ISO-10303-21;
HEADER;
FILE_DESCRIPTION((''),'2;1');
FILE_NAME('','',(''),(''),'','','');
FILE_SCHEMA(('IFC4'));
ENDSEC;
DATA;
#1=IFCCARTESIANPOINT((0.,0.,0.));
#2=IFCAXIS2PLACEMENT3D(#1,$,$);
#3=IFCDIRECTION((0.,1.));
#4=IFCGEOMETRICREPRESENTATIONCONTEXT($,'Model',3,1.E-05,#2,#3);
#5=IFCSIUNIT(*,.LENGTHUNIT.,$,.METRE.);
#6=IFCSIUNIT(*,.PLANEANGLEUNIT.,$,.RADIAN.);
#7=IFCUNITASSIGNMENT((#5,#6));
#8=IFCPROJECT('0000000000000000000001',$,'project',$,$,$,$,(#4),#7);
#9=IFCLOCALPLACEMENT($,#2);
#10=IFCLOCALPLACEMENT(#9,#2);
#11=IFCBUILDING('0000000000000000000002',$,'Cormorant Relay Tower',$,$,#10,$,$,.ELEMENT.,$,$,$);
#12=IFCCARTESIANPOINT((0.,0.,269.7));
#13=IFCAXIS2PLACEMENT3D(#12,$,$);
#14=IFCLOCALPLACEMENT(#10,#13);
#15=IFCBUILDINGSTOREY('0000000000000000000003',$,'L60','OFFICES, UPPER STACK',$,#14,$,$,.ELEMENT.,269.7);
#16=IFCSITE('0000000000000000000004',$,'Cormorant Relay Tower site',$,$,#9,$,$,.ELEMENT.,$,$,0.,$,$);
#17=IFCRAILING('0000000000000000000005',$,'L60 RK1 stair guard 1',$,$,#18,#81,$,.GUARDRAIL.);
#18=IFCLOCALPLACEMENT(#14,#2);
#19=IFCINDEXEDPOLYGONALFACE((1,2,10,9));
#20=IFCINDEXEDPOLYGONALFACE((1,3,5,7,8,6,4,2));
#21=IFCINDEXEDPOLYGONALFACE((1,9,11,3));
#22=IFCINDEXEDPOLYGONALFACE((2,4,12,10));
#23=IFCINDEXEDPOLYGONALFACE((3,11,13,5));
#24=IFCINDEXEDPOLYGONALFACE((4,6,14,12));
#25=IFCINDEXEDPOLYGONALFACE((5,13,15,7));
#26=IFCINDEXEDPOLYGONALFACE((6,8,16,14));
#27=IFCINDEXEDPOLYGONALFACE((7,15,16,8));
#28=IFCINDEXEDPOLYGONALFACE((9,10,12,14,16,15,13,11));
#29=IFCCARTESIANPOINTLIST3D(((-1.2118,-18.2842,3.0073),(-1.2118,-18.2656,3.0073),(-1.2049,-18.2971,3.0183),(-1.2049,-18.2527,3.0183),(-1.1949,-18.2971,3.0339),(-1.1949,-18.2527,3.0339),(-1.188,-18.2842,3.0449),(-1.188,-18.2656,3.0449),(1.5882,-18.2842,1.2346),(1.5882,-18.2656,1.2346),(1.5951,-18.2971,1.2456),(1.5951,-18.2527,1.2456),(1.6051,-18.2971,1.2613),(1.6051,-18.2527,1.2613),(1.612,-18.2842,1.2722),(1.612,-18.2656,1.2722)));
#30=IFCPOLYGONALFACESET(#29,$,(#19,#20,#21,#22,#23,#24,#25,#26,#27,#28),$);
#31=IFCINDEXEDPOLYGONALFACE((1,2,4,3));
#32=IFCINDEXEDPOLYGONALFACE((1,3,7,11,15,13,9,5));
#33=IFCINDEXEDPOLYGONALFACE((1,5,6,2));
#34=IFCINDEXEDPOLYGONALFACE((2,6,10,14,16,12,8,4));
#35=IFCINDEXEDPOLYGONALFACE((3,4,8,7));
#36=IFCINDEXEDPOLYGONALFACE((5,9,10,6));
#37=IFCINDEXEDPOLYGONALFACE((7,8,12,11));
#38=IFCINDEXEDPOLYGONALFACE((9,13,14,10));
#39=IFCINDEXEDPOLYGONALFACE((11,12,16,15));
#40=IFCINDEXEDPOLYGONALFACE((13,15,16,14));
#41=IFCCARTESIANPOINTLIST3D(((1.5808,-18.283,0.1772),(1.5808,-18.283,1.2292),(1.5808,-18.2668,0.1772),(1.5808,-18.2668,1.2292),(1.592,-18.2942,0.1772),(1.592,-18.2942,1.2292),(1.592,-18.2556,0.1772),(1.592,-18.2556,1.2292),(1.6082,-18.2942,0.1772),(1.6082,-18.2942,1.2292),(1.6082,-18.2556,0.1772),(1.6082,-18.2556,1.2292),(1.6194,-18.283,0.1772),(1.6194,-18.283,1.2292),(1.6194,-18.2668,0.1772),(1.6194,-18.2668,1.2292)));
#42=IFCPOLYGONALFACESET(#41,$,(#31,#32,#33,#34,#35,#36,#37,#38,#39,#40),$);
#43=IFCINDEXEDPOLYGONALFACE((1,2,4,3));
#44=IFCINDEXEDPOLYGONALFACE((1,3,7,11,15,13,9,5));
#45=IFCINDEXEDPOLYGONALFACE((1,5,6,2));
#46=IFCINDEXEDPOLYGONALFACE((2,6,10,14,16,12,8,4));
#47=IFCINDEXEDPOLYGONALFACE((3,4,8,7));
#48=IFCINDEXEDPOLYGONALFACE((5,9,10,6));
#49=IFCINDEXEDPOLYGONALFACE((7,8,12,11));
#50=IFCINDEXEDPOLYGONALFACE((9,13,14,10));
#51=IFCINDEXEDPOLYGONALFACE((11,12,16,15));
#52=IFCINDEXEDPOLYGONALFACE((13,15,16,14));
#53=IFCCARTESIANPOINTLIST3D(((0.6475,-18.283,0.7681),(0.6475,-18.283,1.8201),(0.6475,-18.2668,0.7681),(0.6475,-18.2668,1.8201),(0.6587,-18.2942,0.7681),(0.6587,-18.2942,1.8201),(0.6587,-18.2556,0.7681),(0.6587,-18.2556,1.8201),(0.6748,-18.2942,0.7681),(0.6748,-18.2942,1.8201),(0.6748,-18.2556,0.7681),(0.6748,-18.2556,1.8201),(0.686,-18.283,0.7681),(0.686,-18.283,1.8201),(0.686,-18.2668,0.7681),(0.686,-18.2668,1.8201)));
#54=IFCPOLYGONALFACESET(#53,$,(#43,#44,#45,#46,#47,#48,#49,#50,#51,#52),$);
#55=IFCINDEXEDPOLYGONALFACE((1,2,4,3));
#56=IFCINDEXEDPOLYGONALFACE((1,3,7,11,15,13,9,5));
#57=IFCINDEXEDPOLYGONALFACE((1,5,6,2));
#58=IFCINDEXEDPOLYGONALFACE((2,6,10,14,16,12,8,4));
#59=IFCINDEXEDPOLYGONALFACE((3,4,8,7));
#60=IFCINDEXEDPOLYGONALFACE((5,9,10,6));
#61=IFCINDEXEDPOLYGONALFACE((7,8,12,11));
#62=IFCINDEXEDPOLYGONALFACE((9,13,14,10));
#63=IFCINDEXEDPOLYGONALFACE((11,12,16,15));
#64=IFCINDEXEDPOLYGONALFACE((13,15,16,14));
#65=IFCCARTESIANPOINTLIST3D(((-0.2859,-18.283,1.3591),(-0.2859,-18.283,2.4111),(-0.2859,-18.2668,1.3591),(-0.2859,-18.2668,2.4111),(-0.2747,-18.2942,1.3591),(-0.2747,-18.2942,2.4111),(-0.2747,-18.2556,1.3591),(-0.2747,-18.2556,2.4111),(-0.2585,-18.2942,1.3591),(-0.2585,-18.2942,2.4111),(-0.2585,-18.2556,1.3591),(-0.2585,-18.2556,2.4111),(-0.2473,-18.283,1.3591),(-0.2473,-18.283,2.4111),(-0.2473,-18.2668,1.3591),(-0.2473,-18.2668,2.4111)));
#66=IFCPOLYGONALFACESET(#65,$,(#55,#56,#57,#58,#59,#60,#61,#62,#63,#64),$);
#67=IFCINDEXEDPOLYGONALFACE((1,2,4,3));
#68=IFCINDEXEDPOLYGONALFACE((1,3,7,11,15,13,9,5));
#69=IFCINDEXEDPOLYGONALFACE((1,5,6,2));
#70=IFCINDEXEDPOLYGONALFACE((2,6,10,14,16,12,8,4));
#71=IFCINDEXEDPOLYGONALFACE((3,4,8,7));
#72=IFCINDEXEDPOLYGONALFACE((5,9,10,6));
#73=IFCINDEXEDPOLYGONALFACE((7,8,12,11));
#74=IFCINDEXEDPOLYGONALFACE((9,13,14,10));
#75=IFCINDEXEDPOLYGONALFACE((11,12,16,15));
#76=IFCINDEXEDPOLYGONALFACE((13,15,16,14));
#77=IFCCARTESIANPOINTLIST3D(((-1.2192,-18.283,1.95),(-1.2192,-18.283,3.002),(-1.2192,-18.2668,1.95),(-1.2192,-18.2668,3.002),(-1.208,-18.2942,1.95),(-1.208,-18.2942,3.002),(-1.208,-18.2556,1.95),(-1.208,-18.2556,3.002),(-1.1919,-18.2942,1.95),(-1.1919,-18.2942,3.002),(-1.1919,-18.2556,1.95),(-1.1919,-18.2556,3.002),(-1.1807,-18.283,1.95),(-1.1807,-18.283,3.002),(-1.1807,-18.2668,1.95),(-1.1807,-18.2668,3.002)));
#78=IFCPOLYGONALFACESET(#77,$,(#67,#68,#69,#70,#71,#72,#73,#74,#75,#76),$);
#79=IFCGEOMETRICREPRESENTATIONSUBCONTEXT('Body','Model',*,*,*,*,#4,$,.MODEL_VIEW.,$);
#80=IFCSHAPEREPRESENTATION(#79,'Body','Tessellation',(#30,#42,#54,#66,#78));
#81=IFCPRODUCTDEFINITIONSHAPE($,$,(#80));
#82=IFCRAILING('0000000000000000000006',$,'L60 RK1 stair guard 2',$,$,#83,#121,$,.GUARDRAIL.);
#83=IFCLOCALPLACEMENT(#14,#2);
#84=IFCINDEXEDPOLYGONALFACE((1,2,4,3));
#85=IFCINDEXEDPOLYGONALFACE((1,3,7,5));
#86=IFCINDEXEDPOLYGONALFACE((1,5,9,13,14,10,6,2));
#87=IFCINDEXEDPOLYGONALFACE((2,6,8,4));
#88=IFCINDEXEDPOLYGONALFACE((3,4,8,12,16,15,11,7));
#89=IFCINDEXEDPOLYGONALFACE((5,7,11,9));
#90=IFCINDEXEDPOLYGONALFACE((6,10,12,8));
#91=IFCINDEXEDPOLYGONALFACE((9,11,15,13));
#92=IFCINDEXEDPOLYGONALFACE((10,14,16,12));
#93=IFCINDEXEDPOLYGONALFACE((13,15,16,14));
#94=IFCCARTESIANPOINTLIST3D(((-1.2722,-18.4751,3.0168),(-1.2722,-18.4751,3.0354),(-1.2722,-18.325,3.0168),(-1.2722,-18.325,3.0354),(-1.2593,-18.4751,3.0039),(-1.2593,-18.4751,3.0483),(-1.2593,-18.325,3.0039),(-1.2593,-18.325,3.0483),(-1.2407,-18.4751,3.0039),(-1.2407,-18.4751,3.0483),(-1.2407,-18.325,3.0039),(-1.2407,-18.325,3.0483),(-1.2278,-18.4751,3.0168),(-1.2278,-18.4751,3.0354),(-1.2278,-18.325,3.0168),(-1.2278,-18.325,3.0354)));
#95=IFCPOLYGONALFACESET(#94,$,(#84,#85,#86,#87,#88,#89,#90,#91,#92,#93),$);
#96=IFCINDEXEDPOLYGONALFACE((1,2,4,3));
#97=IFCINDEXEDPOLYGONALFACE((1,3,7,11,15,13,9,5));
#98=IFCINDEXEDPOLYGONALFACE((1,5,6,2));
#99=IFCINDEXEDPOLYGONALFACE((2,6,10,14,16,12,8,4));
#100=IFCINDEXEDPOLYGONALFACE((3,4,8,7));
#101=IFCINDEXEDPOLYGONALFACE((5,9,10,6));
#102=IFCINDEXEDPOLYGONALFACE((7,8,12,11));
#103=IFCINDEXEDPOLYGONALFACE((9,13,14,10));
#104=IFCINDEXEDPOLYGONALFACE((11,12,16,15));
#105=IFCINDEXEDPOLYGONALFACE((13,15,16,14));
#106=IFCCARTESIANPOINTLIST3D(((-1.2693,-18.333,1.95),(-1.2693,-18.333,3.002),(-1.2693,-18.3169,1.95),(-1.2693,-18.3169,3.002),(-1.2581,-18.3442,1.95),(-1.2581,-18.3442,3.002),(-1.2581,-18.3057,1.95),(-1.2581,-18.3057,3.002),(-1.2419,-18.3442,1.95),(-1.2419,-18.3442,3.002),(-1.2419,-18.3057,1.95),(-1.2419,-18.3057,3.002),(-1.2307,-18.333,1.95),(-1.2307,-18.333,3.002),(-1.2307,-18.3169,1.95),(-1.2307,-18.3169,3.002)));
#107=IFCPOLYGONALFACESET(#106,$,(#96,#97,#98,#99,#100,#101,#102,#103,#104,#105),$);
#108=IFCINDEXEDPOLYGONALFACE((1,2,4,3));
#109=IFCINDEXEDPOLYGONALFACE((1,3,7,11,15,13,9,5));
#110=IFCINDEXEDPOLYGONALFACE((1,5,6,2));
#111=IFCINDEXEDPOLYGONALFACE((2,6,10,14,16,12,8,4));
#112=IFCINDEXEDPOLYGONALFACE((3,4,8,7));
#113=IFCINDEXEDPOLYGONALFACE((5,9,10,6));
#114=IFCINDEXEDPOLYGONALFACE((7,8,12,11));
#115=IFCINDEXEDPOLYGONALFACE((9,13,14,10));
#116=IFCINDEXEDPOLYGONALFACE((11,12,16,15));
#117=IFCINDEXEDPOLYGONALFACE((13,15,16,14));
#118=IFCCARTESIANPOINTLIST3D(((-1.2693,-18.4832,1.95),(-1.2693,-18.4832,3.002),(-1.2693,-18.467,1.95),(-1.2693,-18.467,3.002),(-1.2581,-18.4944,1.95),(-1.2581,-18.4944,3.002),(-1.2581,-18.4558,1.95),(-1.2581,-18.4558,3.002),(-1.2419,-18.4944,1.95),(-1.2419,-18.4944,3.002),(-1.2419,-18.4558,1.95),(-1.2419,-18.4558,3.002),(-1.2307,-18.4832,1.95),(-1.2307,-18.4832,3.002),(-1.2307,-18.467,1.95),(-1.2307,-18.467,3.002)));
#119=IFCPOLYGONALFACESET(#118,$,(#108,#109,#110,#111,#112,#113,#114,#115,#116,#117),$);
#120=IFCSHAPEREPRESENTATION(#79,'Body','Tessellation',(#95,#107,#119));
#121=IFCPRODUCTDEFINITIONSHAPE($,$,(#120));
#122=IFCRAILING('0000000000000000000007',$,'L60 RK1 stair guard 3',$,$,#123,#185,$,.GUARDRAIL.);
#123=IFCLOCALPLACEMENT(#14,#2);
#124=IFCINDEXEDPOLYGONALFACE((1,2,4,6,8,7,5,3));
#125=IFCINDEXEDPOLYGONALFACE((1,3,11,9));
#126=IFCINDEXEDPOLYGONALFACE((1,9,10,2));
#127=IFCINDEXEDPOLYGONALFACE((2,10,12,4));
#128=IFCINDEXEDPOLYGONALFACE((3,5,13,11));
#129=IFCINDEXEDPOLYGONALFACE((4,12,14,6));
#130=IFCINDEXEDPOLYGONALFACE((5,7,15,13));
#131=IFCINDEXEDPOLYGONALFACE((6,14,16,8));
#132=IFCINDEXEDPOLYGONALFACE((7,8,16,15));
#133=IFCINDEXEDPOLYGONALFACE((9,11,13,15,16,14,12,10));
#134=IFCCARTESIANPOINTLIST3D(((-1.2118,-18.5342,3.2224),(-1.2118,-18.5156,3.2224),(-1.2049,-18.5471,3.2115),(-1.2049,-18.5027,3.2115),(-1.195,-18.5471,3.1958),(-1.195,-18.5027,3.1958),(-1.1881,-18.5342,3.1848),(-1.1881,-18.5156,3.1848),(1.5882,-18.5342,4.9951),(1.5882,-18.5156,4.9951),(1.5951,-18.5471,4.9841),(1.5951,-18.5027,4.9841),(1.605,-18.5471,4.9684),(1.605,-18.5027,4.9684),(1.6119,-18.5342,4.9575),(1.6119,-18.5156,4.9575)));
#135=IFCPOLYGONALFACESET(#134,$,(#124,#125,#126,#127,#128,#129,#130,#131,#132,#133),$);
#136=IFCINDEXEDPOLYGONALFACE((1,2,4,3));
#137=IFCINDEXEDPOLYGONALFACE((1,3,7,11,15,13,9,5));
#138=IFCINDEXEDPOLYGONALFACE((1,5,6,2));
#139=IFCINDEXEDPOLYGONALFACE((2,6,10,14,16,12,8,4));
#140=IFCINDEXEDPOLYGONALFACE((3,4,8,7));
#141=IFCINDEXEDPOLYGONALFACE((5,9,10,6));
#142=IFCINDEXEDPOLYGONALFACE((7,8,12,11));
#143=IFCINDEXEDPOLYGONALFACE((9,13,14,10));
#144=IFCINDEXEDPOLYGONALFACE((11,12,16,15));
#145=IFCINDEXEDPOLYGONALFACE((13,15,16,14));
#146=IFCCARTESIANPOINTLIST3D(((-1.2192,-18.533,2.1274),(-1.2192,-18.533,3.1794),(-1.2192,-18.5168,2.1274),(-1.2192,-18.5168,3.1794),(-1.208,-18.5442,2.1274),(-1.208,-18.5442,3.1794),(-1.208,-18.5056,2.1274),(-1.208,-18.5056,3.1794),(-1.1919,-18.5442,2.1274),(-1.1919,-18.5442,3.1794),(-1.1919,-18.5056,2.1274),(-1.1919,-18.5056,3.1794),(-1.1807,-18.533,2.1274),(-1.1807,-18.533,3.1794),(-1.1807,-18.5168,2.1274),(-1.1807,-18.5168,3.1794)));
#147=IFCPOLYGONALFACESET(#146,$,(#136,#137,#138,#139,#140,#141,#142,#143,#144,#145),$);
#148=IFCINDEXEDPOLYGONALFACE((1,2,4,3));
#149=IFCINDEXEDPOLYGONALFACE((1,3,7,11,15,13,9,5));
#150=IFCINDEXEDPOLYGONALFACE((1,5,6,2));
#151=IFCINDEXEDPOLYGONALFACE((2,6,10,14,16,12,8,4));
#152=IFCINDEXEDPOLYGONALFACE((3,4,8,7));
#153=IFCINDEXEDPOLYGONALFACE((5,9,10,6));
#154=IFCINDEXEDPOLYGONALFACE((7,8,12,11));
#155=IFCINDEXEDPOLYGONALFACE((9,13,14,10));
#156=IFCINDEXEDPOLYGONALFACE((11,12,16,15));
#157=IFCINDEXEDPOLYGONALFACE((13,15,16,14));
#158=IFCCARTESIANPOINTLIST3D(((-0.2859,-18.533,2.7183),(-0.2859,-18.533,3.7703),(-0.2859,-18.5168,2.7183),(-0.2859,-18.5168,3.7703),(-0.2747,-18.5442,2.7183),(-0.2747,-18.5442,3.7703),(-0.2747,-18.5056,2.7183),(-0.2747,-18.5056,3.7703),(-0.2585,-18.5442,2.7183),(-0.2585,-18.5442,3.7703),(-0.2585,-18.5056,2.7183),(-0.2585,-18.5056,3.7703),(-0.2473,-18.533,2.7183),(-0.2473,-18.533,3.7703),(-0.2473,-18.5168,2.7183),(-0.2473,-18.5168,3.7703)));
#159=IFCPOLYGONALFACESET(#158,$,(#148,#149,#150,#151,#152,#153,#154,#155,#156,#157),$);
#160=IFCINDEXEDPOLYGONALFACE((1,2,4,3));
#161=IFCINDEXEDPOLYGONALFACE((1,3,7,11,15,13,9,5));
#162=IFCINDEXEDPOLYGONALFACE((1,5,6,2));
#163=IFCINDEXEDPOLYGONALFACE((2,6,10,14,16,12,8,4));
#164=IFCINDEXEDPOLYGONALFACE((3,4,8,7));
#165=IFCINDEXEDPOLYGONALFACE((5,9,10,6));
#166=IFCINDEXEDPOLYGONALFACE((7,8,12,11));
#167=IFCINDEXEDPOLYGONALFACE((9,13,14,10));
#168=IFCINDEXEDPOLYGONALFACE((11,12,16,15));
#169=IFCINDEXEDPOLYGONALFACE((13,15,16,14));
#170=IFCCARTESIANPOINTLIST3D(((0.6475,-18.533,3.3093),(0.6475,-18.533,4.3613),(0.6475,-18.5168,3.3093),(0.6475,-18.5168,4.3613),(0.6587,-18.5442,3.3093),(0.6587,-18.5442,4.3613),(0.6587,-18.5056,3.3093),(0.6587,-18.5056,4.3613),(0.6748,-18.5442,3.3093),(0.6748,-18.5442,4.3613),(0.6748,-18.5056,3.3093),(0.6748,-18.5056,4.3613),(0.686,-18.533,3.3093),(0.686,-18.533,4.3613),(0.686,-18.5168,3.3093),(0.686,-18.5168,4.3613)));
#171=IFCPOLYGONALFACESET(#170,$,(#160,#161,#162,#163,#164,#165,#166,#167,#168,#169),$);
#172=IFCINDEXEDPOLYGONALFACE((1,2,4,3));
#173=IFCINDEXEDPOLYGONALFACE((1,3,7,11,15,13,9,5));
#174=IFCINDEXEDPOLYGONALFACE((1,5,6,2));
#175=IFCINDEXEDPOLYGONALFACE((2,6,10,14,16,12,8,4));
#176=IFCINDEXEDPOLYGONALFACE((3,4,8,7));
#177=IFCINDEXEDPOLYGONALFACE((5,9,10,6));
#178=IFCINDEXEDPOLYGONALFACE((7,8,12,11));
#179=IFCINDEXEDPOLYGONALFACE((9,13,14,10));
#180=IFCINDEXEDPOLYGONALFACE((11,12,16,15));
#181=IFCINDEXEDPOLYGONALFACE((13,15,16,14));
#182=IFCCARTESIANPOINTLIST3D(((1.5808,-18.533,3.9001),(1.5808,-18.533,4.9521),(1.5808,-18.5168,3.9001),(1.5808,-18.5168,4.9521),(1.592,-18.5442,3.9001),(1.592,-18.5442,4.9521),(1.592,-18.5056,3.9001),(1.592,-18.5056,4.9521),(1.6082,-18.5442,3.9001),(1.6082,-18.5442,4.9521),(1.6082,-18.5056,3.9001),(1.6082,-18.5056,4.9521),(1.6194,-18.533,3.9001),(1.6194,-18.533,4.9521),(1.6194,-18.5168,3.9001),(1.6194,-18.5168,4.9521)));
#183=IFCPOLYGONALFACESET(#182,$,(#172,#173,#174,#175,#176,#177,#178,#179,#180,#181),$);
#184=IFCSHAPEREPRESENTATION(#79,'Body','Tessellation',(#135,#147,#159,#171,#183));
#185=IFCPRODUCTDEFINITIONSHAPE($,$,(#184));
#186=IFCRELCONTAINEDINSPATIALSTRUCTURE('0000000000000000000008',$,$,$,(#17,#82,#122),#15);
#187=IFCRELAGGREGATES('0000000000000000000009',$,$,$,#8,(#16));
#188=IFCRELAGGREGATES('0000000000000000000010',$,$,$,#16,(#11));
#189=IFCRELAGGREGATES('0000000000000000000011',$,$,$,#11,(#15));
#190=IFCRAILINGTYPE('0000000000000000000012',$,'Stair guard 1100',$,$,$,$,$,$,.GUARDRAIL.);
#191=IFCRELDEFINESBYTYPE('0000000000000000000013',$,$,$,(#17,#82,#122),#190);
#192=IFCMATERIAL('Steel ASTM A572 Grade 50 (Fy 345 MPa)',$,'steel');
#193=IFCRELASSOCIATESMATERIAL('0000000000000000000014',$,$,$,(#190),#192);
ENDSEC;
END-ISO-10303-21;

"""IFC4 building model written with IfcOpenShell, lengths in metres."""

from ifc_helpers import new_model, si_unit, direction, frame, origin, place, context, subcontext, project, spatial, polyline, outline, extrude, material, type_object, element, save


model = new_model("IFC4")

# Units and contexts
model_context = context("Model", 3, precision=1e-05, world=origin(), true_north=direction((0.0, 1.0)))
body_context = subcontext(model_context, "Body", "Model", "MODEL_VIEW")
ifc_project = project(units=[si_unit("LENGTHUNIT", "METRE"), si_unit("PLANEANGLEUNIT", "RADIAN")], contexts=[model_context])

# Site, building, storey
site_placement = place(None, origin())
site = spatial("IfcSite", under=ifc_project, at=site_placement, Name="Cormorant Relay Tower site", CompositionType="ELEMENT", RefElevation=0.0)
building_placement = place(site_placement, origin())
building = spatial("IfcBuilding", under=site, at=building_placement, Name="Cormorant Relay Tower", CompositionType="ELEMENT")
storey_placement = place(building_placement, frame((0.0, 0.0, 269.7)))
storey = spatial("IfcBuildingStorey", under=building, at=storey_placement, Name="L60", Description="OFFICES, UPPER STACK", CompositionType="ELEMENT", Elevation=269.7)

# Railings
ifc_material_1 = material(Name="Steel ASTM A572 Grade 50 (Fy 345 MPa)", Category="steel")
railing_type_1 = type_object("IfcRailingType", Name="Stair guard 1100", PredefinedType="GUARDRAIL", material=ifc_material_1)
railing_1_placement = place(storey_placement, frame((1.6001, -18.2749, 0.1772)))
element("IfcRailing", 1, at=railing_1_placement, inside=storey, type_object=railing_type_1, Name="L60 RK1 stair guard 1", PredefinedType="GUARDRAIL", context=body_context, shape_type="SweptSolid", body=[
    extrude(outline(polyline([(0.0222, 0.0093), (0.0093, 0.0222), (-0.0093, 0.0222), (-0.0222, 0.0093), (-0.0222, -0.0093), (-0.0093, -0.0222), (0.0093, -0.0222), (0.0222, -0.0093), (0.0222, 0.0093)])), frame((0.0, 0.0, 1.0762), z_axis=(-0.844909, 0.0, 0.53491), x_axis=(0.0, -1.0, 0.0)), (0.0, 0.0, 1.0), 3.314),
    extrude(outline(polyline([(0.0193, 0.0081), (0.0081, 0.0193), (-0.0081, 0.0193), (-0.0193, 0.0081), (-0.0193, -0.0081), (-0.0081, -0.0193), (0.0081, -0.0193), (0.0193, -0.0081), (0.0193, 0.0081)])), origin(), (0.0, 0.0, 1.0), 1.052),
    extrude(outline(polyline([(0.0193, 0.0081), (0.0081, 0.0193), (-0.0081, 0.0193), (-0.0193, 0.0081), (-0.0193, -0.0081), (-0.0081, -0.0193), (0.0081, -0.0193), (0.0193, -0.0081), (0.0193, 0.0081)])), frame((-0.9333, 0.0, 0.5908)), (0.0, 0.0, 1.0), 1.052),
    extrude(outline(polyline([(0.0193, 0.0081), (0.0081, 0.0193), (-0.0081, 0.0193), (-0.0193, 0.0081), (-0.0193, -0.0081), (-0.0081, -0.0193), (0.0081, -0.0193), (0.0193, -0.0081), (0.0193, 0.0081)])), frame((-1.8667, 0.0, 1.1819)), (0.0, 0.0, 1.0), 1.052),
    extrude(outline(polyline([(0.0193, 0.0081), (0.0081, 0.0193), (-0.0081, 0.0193), (-0.0193, 0.0081), (-0.0193, -0.0081), (-0.0081, -0.0193), (0.0081, -0.0193), (0.0193, -0.0081), (0.0193, 0.0081)])), frame((-2.8, 0.0, 1.7727)), (0.0, 0.0, 1.0), 1.052),
])
railing_2_placement = place(storey_placement, frame((-1.25, -18.325, 1.95)))
element("IfcRailing", 2, at=railing_2_placement, inside=storey, type_object=railing_type_1, Name="L60 RK1 stair guard 2", PredefinedType="GUARDRAIL", context=body_context, shape_type="SweptSolid", body=[
    extrude(outline(polyline([(0.0222, 0.0093), (0.0093, 0.0222), (-0.0093, 0.0222), (-0.0222, 0.0093), (-0.0222, -0.0093), (-0.0093, -0.0222), (0.0093, -0.0222), (0.0222, -0.0093), (0.0222, 0.0093)])), frame((0.0, 0.0, 1.0762), z_axis=(0.0, -1.0, 0.0), x_axis=(1.0, 0.0, 0.0)), (0.0, 0.0, 1.0), 0.1501),
    extrude(outline(polyline([(0.0193, 0.0081), (0.0081, 0.0193), (-0.0081, 0.0193), (-0.0193, 0.0081), (-0.0193, -0.0081), (-0.0081, -0.0193), (0.0081, -0.0193), (0.0193, -0.0081), (0.0193, 0.0081)])), origin(), (0.0, 0.0, 1.0), 1.052),
    extrude(outline(polyline([(0.0193, 0.0081), (0.0081, 0.0193), (-0.0081, 0.0193), (-0.0193, 0.0081), (-0.0193, -0.0081), (-0.0081, -0.0193), (0.0081, -0.0193), (0.0193, -0.0081), (0.0193, 0.0081)])), frame((0.0, -0.1501, 0.0)), (0.0, 0.0, 1.0), 1.052),
])
railing_3_placement = place(storey_placement, frame((-1.2, -18.5249, 2.1274)))
element("IfcRailing", 3, at=railing_3_placement, inside=storey, type_object=railing_type_1, Name="L60 RK1 stair guard 3", PredefinedType="GUARDRAIL", context=body_context, shape_type="SweptSolid", body=[
    extrude(outline(polyline([(0.0222, 0.0093), (0.0093, 0.0222), (-0.0093, 0.0222), (-0.0222, 0.0093), (-0.0222, -0.0093), (-0.0093, -0.0222), (0.0093, -0.0222), (0.0222, -0.0093), (0.0222, 0.0093)])), frame((0.0, 0.0, 1.0762), z_axis=(0.844909, 0.0, 0.53491), x_axis=(0.0, 1.0, 0.0)), (0.0, 0.0, 1.0), 3.314),
    extrude(outline(polyline([(0.0193, 0.0081), (0.0081, 0.0193), (-0.0081, 0.0193), (-0.0193, 0.0081), (-0.0193, -0.0081), (-0.0081, -0.0193), (0.0081, -0.0193), (0.0193, -0.0081), (0.0193, 0.0081)])), origin(), (0.0, 0.0, 1.0), 1.052),
    extrude(outline(polyline([(0.0193, 0.0081), (0.0081, 0.0193), (-0.0081, 0.0193), (-0.0193, 0.0081), (-0.0193, -0.0081), (-0.0081, -0.0193), (0.0081, -0.0193), (0.0193, -0.0081), (0.0193, 0.0081)])), frame((0.9333, 0.0, 0.5908)), (0.0, 0.0, 1.0), 1.052),
    extrude(outline(polyline([(0.0193, 0.0081), (0.0081, 0.0193), (-0.0081, 0.0193), (-0.0193, 0.0081), (-0.0193, -0.0081), (-0.0081, -0.0193), (0.0081, -0.0193), (0.0193, -0.0081), (0.0193, 0.0081)])), frame((1.8667, 0.0, 1.1819)), (0.0, 0.0, 1.0), 1.052),
    extrude(outline(polyline([(0.0193, 0.0081), (0.0081, 0.0193), (-0.0081, 0.0193), (-0.0193, 0.0081), (-0.0193, -0.0081), (-0.0081, -0.0193), (0.0081, -0.0193), (0.0193, -0.0081), (0.0193, 0.0081)])), frame((2.8, 0.0, 1.7727)), (0.0, 0.0, 1.0), 1.052),
])

save(model, "model.ifc")
